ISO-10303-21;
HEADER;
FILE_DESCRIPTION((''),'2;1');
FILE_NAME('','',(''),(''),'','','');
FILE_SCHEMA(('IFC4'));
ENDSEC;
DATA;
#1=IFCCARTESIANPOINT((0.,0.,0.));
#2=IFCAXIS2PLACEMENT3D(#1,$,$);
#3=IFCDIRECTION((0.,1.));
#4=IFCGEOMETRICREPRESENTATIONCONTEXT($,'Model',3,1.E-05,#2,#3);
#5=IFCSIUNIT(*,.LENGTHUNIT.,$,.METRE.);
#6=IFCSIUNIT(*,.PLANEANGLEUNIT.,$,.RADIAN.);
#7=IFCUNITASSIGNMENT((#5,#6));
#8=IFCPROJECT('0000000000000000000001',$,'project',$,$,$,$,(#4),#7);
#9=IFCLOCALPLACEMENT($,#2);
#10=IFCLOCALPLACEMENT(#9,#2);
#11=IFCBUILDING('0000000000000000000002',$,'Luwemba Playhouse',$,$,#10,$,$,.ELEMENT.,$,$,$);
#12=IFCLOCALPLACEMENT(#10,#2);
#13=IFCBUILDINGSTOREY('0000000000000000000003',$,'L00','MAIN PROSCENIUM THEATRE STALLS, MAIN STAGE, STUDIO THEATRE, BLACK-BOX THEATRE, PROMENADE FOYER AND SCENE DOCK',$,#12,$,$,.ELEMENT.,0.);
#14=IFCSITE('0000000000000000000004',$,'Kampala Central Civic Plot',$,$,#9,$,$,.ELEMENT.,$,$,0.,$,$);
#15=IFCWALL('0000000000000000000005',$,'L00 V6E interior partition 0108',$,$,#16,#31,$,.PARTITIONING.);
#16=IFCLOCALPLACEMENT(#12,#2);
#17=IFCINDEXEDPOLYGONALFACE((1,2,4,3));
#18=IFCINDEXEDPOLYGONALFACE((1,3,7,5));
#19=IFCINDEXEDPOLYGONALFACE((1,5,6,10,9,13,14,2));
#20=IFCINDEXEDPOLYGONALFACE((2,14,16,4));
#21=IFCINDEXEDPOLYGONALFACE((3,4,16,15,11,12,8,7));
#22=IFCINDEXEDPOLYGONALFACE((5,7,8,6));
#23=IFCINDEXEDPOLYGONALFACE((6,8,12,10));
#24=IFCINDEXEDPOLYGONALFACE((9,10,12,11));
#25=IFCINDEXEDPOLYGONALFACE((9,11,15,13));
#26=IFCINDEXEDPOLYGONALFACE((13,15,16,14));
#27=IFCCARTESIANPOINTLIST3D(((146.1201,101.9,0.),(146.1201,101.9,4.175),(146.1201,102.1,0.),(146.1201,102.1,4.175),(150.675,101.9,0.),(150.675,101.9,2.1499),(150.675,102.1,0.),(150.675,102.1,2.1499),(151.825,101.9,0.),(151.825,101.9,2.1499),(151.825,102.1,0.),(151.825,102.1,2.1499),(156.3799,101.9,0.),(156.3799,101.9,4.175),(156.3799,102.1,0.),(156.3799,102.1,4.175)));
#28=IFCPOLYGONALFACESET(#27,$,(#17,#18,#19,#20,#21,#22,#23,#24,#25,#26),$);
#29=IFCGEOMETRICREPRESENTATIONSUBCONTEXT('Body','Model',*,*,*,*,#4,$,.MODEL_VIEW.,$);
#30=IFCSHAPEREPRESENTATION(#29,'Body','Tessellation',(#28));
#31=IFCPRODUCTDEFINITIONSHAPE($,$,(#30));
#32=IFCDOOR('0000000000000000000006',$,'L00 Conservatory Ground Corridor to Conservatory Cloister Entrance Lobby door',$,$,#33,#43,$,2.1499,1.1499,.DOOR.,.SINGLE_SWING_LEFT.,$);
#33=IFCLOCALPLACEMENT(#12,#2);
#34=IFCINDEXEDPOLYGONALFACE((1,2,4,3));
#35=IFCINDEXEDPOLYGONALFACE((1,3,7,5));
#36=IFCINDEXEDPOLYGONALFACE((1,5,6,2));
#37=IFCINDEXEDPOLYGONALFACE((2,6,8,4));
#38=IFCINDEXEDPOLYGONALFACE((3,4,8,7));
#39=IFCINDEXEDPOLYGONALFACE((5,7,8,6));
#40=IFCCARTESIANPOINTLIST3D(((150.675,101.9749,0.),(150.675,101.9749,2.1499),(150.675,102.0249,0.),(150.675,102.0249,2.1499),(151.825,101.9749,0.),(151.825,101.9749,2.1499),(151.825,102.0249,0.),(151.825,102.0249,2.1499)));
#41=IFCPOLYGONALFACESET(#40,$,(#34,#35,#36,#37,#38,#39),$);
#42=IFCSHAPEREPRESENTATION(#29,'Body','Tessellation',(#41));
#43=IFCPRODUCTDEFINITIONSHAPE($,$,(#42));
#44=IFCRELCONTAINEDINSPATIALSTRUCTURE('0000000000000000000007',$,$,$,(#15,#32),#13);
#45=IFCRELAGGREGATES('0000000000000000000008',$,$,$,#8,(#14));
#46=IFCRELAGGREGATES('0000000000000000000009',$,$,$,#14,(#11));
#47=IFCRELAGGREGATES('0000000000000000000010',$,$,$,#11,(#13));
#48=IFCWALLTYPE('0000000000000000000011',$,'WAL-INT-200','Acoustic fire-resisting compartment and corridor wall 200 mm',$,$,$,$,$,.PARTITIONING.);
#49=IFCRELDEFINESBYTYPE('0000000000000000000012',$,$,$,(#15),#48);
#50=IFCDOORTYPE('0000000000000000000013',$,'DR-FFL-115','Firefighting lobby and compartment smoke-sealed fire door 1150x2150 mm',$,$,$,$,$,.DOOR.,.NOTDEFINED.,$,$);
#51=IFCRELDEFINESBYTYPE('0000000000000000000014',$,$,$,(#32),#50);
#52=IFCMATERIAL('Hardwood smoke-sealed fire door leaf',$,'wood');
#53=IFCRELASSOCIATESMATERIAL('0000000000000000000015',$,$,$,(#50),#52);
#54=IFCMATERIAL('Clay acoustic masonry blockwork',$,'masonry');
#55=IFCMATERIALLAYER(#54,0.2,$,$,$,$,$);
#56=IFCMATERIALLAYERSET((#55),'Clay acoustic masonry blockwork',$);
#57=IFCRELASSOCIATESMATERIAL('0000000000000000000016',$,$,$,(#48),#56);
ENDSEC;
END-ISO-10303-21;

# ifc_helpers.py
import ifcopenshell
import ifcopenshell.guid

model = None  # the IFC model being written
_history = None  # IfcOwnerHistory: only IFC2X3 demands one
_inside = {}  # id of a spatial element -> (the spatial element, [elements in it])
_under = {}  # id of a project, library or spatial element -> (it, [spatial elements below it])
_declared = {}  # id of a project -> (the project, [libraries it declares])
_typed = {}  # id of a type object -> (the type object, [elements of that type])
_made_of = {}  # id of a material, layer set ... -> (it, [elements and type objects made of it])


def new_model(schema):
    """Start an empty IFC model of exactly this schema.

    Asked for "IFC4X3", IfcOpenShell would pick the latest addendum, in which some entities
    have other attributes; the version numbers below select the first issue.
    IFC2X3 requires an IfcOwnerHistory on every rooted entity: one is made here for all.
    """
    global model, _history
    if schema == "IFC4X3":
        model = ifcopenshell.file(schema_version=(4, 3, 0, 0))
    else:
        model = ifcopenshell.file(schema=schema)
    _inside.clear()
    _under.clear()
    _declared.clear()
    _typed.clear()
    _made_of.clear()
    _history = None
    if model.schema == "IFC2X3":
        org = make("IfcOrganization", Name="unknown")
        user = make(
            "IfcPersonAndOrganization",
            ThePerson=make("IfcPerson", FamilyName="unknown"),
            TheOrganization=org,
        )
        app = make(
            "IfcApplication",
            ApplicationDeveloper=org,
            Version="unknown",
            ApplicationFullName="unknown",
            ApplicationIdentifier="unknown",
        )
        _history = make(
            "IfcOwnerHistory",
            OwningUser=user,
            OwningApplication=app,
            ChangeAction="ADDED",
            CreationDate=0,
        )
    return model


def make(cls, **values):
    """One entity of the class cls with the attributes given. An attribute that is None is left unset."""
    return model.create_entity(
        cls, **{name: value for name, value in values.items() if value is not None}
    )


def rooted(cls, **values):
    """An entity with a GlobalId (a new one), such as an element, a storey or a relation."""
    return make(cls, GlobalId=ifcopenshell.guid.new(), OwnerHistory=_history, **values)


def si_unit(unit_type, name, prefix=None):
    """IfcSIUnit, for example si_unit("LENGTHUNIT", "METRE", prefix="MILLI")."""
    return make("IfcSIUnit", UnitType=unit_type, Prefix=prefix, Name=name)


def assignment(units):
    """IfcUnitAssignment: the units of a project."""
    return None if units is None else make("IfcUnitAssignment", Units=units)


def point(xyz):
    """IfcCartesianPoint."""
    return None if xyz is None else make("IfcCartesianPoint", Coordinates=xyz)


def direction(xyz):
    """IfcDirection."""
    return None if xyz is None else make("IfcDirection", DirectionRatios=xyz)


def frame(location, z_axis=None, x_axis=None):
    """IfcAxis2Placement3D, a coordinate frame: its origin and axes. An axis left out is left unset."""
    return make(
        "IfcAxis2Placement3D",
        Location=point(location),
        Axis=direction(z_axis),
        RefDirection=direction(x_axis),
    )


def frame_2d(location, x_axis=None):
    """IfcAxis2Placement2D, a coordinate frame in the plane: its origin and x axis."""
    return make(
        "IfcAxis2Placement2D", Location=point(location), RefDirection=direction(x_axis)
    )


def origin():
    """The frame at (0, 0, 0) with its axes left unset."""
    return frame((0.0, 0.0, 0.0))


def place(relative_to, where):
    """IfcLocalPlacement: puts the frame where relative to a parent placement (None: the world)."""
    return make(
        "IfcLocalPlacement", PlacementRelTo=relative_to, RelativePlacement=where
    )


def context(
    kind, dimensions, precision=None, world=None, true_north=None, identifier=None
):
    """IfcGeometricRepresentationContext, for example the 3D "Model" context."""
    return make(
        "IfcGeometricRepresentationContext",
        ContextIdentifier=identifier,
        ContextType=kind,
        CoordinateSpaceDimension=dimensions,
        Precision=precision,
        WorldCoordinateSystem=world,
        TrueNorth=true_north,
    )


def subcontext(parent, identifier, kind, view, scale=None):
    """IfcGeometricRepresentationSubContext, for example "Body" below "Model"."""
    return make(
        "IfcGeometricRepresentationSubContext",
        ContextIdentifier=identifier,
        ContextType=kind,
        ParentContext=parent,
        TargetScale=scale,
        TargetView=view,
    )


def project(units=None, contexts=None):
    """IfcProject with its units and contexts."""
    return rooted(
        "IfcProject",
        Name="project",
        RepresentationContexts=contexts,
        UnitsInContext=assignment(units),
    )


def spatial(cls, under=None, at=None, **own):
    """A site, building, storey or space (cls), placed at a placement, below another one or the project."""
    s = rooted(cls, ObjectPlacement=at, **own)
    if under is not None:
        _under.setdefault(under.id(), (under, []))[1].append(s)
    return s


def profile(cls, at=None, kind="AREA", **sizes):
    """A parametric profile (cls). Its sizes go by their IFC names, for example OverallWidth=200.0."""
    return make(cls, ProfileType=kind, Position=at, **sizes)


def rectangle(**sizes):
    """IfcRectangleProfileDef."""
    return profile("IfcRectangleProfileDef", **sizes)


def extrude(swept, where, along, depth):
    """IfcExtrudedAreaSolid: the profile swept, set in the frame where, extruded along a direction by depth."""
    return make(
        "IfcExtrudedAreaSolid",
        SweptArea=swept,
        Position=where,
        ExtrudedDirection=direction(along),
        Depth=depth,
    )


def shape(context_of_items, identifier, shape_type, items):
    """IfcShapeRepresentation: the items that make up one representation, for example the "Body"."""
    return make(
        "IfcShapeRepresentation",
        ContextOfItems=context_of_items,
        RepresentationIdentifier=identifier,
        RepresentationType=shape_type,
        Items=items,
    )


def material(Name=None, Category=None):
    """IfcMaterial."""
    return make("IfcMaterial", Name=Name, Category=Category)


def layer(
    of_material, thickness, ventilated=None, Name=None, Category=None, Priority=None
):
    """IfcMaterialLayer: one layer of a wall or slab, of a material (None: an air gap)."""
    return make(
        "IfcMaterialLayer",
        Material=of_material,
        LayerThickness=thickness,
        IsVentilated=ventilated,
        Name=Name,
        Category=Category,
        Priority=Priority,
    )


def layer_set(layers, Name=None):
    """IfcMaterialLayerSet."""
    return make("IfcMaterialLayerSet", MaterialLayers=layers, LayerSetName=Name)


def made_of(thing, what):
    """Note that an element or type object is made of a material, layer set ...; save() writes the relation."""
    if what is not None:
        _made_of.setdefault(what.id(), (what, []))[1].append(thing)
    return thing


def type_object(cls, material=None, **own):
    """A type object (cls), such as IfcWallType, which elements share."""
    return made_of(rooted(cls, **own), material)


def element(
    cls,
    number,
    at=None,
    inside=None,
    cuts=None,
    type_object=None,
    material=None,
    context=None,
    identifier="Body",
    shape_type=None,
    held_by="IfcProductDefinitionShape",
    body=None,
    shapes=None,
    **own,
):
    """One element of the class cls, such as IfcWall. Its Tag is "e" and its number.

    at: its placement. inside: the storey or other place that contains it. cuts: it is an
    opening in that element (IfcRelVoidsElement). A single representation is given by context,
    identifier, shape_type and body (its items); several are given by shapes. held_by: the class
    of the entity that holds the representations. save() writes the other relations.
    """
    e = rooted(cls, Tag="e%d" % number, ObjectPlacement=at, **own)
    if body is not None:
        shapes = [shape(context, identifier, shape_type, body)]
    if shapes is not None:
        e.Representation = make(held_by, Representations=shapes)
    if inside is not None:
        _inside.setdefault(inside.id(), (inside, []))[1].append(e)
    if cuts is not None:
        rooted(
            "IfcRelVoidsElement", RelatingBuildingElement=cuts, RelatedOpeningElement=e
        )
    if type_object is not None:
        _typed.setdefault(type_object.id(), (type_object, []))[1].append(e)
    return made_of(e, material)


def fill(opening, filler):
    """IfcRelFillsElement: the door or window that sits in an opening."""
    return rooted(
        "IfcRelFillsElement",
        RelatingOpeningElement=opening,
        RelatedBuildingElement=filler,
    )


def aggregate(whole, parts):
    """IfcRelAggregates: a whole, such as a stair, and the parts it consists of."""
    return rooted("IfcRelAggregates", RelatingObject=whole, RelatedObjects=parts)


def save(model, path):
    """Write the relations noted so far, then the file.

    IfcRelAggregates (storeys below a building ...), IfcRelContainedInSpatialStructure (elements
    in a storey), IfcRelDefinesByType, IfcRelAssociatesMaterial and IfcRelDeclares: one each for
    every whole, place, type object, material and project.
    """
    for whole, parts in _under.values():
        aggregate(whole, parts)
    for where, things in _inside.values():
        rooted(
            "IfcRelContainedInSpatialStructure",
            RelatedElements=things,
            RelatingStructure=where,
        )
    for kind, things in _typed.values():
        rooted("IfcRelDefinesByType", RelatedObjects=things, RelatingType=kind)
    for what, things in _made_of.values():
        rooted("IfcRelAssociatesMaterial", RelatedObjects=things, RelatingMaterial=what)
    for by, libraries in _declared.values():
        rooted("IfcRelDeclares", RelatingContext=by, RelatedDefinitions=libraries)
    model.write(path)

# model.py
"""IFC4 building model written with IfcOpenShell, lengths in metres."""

from ifc_helpers import new_model, si_unit, direction, frame, frame_2d, origin, place, context, subcontext, project, spatial, rectangle, extrude, material, layer, layer_set, type_object, element, fill, save


model = new_model("IFC4")

# Units and contexts
model_context = context("Model", 3, precision=1e-05, world=origin(), true_north=direction((0.0, 1.0)))
body_context = subcontext(model_context, "Body", "Model", "MODEL_VIEW")
ifc_project = project(units=[si_unit("LENGTHUNIT", "METRE"), si_unit("PLANEANGLEUNIT", "RADIAN")], contexts=[model_context])

# Site, building, storey
site_placement = place(None, origin())
site = spatial("IfcSite", under=ifc_project, at=site_placement, Name="Kampala Central Civic Plot", CompositionType="ELEMENT", RefElevation=0.0)
building_placement = place(site_placement, origin())
building = spatial("IfcBuilding", under=site, at=building_placement, Name="Luwemba Playhouse", CompositionType="ELEMENT")
storey_placement = place(building_placement, origin())
storey = spatial("IfcBuildingStorey", under=building, at=storey_placement, Name="L00", Description="MAIN PROSCENIUM THEATRE STALLS, MAIN STAGE, STUDIO THEATRE, BLACK-BOX THEATRE, PROMENADE FOYER AND SCENE DOCK", CompositionType="ELEMENT", Elevation=0.0)

# Shared definitions
ifc_material_1 = material(Name="Hardwood smoke-sealed fire door leaf", Category="wood")
door_type_1 = type_object("IfcDoorType", Name="DR-FFL-115", Description="Firefighting lobby and compartment smoke-sealed fire door 1150x2150 mm", OperationType="NOTDEFINED", PredefinedType="DOOR", material=ifc_material_1)

# Wall, opening, door
ifc_material_2 = material(Name="Clay acoustic masonry blockwork", Category="masonry")
ifc_layer_1 = layer(ifc_material_2, 0.2)
ifc_layer_set_1 = layer_set([ifc_layer_1], Name="Clay acoustic masonry blockwork")
wall_type_1 = type_object("IfcWallType", Name="WAL-INT-200", Description="Acoustic fire-resisting compartment and corridor wall 200 mm", PredefinedType="PARTITIONING", material=ifc_layer_set_1)
wall_1_placement = place(storey_placement, frame((146.1201, 102.0, 0.0), z_axis=(0.0, 0.0, 1.0), x_axis=(1.0, 0.0, 0.0)))
wall_1 = element("IfcWall", 1, at=wall_1_placement, inside=storey, type_object=wall_type_1, Name="L00 V6E interior partition 0108", PredefinedType="PARTITIONING", context=body_context, shape_type="SweptSolid", body=[
    extrude(rectangle(XDim=10.2598, YDim=0.2, at=frame_2d((5.1299, 0.0))), origin(), (0.0, 0.0, 1.0), 4.175),
])
opening_1_placement = place(wall_1_placement, frame((4.5549, 0.0, 0.0)))
opening_1 = element("IfcOpeningElement", 2, at=opening_1_placement, cuts=wall_1, PredefinedType="OPENING", context=body_context, shape_type="SweptSolid", body=[
    extrude(rectangle(XDim=1.1499, YDim=2.1499, at=frame_2d((0.575, 1.075))), frame((0.0, 0.1099, 0.0), z_axis=(0.0, -1.0, 0.0), x_axis=(1.0, 0.0, 0.0)), (0.0, 0.0, 1.0), 0.22),
])
door_1_placement = place(opening_1_placement, origin())
door_1 = element("IfcDoor", 3, at=door_1_placement, inside=storey, type_object=door_type_1, Name="L00 Conservatory Ground Corridor to Conservatory Cloister Entrance Lobby door", OperationType="SINGLE_SWING_LEFT", OverallHeight=2.1499, OverallWidth=1.1499, PredefinedType="DOOR", context=body_context, shape_type="SweptSolid", body=[
    extrude(rectangle(XDim=1.1499, YDim=2.1499, at=frame_2d((0.575, 1.075))), frame((0.0, 0.0249, 0.0), z_axis=(0.0, -1.0, 0.0), x_axis=(1.0, 0.0, 0.0)), (0.0, 0.0, 1.0), 0.05),
])
fill(opening_1, door_1)

save(model, "model.ifc")
